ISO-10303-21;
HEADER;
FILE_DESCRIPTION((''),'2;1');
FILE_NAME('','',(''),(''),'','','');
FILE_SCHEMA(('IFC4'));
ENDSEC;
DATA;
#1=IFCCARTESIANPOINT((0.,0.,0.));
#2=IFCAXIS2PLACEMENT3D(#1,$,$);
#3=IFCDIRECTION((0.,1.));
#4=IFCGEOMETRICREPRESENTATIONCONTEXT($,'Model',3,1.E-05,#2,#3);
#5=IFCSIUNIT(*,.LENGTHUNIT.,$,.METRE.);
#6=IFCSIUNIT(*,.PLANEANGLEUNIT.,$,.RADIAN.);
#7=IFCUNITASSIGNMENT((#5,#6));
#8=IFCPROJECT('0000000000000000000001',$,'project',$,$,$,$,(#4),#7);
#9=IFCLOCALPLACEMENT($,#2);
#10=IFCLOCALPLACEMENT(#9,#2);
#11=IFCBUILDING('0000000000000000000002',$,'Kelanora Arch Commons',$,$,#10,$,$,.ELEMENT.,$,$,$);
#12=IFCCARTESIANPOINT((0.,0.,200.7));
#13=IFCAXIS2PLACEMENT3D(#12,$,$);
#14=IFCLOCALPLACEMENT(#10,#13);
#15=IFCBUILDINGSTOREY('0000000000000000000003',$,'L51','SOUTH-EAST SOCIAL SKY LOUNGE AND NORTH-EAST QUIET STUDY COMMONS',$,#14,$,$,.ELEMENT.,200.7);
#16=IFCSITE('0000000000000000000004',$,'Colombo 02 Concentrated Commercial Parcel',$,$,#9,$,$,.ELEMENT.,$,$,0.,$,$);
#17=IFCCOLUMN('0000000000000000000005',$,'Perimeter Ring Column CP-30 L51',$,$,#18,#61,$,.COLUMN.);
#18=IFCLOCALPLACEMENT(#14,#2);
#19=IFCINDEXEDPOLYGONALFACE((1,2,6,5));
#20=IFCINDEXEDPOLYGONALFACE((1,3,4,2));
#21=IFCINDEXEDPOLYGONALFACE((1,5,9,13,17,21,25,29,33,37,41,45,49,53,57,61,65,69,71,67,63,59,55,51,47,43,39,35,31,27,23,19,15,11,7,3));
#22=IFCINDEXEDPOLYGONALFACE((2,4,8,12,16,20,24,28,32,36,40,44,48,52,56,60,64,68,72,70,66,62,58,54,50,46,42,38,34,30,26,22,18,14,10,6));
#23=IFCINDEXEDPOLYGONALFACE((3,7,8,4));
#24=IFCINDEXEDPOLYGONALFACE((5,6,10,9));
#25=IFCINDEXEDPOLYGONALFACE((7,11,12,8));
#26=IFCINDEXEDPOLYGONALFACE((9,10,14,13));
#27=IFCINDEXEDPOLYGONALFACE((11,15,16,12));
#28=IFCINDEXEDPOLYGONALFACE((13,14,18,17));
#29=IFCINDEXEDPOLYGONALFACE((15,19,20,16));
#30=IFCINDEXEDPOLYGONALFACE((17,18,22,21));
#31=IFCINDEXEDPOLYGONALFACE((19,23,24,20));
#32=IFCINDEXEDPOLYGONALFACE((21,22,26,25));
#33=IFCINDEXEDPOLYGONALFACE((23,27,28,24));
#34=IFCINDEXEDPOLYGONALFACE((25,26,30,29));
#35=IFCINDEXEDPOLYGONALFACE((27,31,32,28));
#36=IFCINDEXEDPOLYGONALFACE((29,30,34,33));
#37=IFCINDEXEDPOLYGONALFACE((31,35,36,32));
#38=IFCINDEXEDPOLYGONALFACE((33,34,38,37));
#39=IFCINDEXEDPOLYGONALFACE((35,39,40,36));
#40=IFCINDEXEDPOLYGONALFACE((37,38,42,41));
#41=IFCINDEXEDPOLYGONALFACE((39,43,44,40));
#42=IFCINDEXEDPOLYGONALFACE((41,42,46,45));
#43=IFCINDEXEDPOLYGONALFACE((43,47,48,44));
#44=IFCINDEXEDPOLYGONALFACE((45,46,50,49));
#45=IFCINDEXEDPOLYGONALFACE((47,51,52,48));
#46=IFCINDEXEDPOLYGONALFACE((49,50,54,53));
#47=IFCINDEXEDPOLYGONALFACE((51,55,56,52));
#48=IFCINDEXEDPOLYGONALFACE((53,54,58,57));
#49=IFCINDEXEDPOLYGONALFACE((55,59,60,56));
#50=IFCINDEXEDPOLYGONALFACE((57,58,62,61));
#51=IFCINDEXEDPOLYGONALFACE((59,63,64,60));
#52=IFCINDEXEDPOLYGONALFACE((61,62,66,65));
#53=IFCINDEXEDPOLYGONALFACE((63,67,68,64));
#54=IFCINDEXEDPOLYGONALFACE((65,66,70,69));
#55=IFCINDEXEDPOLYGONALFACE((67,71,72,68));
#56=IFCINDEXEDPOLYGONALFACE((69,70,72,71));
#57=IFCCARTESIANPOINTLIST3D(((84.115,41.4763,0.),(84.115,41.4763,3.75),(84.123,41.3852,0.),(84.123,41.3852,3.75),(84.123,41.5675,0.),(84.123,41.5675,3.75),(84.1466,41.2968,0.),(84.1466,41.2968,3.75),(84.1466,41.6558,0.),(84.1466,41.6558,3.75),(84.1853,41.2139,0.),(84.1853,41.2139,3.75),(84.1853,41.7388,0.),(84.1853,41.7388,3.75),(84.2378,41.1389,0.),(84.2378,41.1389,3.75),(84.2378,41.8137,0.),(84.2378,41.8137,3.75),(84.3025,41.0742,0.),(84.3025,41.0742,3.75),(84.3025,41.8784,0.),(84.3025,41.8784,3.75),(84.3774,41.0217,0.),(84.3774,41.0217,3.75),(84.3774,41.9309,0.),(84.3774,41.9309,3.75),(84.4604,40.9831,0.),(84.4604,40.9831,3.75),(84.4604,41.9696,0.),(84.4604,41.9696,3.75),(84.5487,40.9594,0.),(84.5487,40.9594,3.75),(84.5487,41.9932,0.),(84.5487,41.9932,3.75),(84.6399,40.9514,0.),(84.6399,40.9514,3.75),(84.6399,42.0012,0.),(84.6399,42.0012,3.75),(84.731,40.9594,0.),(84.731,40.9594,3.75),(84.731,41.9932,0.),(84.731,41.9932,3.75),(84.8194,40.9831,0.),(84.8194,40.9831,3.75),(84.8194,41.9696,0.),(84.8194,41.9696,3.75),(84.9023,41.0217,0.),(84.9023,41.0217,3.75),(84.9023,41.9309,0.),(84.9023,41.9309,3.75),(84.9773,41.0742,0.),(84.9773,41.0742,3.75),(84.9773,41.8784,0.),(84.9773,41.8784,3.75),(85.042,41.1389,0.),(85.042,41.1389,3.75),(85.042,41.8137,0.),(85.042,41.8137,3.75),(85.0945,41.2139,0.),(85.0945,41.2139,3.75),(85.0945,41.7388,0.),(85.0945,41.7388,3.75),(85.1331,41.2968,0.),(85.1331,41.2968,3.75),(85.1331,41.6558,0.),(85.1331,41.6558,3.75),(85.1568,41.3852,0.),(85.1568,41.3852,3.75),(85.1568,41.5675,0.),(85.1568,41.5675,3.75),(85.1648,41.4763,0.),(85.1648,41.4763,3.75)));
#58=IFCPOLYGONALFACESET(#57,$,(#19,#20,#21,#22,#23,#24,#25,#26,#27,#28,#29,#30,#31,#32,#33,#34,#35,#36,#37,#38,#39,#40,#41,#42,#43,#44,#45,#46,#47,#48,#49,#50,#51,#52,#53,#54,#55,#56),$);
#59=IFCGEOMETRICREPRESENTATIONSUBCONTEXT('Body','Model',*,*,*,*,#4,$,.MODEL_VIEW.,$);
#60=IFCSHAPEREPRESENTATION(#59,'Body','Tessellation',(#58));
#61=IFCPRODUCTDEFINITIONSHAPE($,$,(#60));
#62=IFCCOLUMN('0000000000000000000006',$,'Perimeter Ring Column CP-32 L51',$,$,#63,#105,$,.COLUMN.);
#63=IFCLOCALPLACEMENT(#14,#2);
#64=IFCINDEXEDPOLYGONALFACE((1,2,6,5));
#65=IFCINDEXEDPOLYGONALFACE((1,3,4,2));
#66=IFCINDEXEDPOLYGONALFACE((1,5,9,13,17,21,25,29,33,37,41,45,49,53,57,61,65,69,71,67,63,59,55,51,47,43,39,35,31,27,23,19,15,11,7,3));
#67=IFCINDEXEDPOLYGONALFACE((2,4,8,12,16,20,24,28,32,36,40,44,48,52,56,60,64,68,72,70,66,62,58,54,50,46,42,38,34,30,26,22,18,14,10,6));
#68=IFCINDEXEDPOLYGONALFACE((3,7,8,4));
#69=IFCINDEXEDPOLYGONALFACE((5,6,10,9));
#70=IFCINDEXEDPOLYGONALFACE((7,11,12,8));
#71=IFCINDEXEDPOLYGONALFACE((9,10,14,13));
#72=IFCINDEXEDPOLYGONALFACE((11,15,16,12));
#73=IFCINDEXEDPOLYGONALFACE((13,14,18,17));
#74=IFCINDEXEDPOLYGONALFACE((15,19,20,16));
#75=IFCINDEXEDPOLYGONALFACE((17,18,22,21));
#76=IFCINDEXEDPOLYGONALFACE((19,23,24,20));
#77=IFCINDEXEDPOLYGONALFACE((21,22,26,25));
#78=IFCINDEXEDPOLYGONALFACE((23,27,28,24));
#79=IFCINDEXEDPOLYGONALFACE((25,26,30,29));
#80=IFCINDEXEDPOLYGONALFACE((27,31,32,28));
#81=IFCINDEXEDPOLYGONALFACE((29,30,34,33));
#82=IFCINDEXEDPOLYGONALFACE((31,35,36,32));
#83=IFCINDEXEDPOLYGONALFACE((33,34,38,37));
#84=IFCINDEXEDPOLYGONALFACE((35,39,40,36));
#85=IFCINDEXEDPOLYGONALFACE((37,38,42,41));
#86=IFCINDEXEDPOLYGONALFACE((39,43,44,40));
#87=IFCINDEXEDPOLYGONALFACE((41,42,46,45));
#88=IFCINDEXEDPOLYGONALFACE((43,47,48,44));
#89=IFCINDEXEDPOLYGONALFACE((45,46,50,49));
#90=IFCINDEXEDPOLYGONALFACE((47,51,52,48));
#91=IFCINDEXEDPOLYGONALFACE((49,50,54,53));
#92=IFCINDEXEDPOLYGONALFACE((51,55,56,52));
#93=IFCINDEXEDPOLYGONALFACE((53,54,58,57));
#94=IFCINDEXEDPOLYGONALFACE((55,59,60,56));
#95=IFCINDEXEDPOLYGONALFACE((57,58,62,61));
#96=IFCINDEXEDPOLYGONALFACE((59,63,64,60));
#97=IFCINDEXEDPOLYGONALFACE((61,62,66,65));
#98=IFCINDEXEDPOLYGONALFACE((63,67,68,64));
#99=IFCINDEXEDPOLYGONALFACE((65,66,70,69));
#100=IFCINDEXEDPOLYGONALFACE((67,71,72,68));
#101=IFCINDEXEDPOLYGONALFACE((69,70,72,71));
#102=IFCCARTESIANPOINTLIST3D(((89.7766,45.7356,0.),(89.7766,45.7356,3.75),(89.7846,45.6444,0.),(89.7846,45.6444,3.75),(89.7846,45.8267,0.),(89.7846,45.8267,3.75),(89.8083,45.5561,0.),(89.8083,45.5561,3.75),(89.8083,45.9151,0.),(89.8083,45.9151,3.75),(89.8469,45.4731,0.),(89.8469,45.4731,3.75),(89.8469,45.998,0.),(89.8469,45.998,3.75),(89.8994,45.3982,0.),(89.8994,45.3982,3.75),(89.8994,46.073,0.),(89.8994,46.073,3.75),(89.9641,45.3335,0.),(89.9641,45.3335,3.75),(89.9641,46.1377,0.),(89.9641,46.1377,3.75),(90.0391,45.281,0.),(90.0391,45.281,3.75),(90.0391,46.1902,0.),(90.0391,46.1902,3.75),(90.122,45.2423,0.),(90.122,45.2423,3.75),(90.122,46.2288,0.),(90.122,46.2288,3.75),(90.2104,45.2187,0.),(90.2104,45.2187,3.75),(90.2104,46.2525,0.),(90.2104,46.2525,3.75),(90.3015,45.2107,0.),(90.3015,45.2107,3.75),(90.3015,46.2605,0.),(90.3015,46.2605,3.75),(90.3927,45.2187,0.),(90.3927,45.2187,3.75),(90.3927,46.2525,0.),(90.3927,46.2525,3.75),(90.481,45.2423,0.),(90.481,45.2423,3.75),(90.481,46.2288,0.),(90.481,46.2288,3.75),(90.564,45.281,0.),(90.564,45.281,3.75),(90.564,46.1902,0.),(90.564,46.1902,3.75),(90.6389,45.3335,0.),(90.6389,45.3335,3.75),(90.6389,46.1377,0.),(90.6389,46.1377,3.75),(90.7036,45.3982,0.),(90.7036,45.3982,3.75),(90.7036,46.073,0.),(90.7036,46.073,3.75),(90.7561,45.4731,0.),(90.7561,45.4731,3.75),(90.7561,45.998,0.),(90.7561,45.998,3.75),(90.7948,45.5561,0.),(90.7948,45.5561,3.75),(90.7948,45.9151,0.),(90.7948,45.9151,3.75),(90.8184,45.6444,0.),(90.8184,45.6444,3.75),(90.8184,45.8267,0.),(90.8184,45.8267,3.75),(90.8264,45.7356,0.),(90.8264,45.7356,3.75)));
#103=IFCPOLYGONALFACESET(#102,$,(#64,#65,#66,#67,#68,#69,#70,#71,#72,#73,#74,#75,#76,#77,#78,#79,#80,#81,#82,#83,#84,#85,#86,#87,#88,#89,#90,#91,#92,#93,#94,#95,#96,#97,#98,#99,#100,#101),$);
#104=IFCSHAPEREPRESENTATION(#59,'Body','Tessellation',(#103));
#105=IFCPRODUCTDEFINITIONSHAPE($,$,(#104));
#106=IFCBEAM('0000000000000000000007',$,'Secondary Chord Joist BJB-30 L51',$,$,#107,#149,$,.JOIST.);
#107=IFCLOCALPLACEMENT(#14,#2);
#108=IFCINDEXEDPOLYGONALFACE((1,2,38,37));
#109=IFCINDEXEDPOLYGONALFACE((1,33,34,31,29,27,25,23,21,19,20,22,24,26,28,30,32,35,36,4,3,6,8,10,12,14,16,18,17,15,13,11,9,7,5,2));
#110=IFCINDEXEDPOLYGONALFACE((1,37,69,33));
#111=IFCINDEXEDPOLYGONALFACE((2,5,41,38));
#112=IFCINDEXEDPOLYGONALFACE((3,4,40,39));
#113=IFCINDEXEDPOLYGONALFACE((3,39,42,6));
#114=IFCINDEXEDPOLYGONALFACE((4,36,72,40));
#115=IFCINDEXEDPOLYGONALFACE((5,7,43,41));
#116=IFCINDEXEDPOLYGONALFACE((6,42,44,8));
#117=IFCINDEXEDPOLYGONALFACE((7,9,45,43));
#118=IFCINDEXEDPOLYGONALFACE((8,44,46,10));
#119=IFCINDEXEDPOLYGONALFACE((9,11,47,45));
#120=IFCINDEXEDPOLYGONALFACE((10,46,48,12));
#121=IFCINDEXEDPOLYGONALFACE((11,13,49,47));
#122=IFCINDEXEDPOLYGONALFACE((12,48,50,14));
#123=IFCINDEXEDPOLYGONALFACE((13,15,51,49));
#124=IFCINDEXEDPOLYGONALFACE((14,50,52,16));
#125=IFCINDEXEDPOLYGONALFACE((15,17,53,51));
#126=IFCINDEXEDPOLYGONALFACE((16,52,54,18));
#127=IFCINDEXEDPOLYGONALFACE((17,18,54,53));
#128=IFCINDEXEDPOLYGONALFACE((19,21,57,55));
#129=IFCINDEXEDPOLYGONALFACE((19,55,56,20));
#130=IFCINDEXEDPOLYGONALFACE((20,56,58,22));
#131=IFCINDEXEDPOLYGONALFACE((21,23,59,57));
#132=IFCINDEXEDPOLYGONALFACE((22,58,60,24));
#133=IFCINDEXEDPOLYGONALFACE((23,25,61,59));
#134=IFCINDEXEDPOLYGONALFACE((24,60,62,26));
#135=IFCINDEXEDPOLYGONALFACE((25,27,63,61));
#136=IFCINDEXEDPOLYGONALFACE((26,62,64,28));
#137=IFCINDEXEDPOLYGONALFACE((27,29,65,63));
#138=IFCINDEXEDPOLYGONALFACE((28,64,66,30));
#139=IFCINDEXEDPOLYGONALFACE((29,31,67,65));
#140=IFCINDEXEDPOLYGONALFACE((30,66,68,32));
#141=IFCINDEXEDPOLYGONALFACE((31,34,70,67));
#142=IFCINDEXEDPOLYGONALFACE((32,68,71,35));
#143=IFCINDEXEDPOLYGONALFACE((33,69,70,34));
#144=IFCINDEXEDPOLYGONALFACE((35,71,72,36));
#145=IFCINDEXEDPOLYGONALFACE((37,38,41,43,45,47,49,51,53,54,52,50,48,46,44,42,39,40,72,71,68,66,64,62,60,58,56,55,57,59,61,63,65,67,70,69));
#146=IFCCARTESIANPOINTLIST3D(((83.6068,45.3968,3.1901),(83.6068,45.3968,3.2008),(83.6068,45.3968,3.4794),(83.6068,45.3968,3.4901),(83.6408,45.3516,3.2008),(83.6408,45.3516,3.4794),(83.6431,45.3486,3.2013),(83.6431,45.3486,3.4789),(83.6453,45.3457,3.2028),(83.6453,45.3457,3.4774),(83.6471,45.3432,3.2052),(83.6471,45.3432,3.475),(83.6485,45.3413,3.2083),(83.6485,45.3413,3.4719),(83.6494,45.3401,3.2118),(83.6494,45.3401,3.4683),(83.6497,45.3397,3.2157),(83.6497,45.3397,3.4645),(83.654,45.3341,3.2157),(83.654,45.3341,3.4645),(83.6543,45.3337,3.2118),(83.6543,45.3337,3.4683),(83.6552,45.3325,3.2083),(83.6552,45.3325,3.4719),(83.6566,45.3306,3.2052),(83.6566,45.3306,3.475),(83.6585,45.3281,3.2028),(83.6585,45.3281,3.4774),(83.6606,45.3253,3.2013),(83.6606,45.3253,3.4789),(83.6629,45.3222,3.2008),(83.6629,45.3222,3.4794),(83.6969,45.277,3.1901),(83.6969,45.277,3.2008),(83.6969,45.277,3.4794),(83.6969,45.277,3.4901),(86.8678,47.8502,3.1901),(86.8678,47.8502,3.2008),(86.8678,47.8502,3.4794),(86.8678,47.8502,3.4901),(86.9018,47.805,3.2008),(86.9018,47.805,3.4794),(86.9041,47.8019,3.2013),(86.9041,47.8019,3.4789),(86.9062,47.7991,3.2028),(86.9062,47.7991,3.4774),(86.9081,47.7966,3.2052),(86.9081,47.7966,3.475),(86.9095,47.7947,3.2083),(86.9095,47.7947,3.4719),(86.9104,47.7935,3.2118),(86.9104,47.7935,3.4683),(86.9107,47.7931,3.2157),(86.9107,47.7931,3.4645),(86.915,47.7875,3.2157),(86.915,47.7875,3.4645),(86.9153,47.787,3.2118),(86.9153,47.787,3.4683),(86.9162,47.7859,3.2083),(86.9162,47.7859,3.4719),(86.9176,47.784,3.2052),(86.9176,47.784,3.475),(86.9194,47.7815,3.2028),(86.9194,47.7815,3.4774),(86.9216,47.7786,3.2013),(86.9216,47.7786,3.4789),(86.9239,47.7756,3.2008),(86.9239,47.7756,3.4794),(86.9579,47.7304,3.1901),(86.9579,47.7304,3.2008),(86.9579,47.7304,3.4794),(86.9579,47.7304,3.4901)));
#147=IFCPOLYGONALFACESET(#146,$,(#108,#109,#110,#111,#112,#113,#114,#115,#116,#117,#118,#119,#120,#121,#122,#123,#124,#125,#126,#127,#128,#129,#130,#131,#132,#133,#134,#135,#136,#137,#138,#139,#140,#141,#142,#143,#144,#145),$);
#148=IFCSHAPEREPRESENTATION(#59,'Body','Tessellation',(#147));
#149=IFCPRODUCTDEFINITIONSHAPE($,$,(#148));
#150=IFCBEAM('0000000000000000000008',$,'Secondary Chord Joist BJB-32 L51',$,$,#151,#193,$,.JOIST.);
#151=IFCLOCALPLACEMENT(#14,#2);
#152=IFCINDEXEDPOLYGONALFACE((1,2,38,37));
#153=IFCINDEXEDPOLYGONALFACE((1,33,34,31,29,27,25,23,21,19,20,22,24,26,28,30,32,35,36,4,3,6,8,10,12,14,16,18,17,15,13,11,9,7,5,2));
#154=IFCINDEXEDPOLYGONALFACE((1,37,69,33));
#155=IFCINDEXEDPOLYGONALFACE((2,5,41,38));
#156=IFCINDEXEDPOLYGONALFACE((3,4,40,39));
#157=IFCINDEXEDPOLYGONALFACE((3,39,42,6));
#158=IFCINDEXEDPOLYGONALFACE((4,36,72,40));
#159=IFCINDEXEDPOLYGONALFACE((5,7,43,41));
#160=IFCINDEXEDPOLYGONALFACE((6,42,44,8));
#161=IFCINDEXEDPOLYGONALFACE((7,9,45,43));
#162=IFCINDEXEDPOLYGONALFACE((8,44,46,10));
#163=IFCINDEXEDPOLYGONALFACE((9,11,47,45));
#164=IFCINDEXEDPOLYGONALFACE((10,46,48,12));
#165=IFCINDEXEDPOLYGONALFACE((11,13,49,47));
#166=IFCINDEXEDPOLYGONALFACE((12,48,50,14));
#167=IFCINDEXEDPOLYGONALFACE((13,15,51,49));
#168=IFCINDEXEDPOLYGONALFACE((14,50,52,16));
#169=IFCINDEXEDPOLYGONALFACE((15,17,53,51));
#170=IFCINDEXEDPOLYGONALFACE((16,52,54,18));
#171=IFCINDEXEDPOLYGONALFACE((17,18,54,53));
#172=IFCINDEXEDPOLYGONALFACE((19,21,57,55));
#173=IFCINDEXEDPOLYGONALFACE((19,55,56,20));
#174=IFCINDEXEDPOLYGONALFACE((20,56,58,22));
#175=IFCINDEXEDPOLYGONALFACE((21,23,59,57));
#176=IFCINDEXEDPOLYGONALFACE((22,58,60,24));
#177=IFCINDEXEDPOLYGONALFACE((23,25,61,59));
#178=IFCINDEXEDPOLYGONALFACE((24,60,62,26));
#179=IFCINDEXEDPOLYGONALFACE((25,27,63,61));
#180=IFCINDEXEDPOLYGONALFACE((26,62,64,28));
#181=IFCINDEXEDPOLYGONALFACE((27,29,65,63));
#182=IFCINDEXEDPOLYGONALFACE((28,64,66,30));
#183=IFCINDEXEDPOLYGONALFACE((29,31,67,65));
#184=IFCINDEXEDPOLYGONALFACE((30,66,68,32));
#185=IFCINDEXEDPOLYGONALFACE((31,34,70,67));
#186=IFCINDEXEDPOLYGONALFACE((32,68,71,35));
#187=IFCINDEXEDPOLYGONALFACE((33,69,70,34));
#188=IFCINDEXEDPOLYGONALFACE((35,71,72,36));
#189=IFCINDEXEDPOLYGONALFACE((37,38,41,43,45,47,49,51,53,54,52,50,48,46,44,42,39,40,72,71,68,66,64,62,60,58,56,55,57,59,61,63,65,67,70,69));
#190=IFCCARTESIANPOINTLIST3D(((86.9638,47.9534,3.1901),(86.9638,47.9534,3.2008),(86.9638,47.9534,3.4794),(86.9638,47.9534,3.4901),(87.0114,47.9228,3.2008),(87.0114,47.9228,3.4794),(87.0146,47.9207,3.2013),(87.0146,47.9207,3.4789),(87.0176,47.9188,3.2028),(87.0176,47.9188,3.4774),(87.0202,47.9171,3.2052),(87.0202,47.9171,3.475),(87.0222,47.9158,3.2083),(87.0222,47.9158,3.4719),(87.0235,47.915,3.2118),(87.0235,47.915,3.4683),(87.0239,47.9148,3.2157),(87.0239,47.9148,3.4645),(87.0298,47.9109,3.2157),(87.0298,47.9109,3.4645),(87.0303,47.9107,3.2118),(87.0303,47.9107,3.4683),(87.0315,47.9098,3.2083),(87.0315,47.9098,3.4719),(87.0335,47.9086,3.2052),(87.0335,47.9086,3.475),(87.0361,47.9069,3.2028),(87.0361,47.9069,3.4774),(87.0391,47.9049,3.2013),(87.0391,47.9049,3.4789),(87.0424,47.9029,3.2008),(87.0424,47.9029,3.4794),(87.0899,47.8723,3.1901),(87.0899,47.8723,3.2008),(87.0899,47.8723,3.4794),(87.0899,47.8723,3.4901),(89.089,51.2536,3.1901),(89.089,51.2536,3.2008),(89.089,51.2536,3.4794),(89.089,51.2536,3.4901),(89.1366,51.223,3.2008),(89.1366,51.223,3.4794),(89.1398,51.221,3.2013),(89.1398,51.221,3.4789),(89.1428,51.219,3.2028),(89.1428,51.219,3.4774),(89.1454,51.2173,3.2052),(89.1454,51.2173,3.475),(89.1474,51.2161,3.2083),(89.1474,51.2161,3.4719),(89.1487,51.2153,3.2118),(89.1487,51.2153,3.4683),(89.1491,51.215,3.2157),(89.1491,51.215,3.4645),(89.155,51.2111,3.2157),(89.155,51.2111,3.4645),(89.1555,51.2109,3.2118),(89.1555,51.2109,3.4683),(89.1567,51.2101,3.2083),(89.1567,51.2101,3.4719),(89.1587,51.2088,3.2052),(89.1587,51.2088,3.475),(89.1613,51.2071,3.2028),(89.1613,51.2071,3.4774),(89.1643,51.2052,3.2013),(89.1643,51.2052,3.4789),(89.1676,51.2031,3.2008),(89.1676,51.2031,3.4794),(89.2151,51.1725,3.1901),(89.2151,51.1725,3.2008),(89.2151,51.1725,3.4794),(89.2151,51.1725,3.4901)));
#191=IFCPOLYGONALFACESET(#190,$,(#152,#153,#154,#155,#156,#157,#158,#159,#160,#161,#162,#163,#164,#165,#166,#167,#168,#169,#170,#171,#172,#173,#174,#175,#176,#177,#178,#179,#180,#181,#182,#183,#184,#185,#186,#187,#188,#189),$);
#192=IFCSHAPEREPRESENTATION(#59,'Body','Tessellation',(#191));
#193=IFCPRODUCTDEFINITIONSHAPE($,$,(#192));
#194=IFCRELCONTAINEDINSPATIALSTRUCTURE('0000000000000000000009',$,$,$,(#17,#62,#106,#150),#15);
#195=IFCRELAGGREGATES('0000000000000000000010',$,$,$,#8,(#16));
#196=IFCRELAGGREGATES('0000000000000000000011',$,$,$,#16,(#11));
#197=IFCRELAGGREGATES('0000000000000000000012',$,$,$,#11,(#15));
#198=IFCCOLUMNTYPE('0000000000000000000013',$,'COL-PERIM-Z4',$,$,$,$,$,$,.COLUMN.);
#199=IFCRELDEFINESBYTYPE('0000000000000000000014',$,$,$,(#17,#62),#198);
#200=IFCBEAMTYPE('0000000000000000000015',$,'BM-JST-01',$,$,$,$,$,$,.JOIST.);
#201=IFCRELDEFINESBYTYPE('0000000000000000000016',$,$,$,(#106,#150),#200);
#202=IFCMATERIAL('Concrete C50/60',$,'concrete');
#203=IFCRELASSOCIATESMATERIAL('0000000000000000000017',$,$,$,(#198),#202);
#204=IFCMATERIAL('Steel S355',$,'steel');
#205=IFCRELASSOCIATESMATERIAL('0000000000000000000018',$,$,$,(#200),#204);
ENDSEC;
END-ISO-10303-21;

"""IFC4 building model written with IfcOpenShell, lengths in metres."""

from ifc_helpers import new_model, si_unit, direction, frame, origin, origin_2d, place, context, subcontext, project, spatial, circle, i_section, extrude, material, material_profile, profile_set, type_object, element, save


model = new_model("IFC4")

# Units and contexts
model_context = context("Model", 3, precision=1e-05, world=origin(), true_north=direction((0.0, 1.0)))
body_context = subcontext(model_context, "Body", "Model", "MODEL_VIEW")
ifc_project = project(units=[si_unit("LENGTHUNIT", "METRE"), si_unit("PLANEANGLEUNIT", "RADIAN")], contexts=[model_context])

# Site, building, storey
site_placement = place(None, origin())
site = spatial("IfcSite", under=ifc_project, at=site_placement, Name="Colombo 02 Concentrated Commercial Parcel", CompositionType="ELEMENT", RefElevation=0.0)
building_placement = place(site_placement, origin())
building = spatial("IfcBuilding", under=site, at=building_placement, Name="Kelanora Arch Commons", CompositionType="ELEMENT")
storey_placement = place(building_placement, frame((0.0, 0.0, 200.7)))
storey = spatial("IfcBuildingStorey", under=building, at=storey_placement, Name="L51", Description="SOUTH-EAST SOCIAL SKY LOUNGE AND NORTH-EAST QUIET STUDY COMMONS", CompositionType="ELEMENT", Elevation=200.7)

# Columns
ifc_material_1 = material(Name="Concrete C50/60", Category="concrete")
ifc_material_profile_1 = material_profile(ifc_material_1, circle(Radius=0.5249, at=origin_2d()), Name="RCC1050")
ifc_profile_set_1 = profile_set([ifc_material_profile_1], Name="Concrete C50/60")
column_type = type_object("IfcColumnType", Name="COL-PERIM-Z4", PredefinedType="COLUMN", material=ifc_profile_set_1)
for number, where, z_axis, x_axis, name in (
    (1, (84.6399, 41.4763, 0.0), (0.0, 0.0, 1.0), (1.0, 0.0, 0.0), "Perimeter Ring Column CP-30 L51"),
    (2, (90.3015, 45.7356, 0.0), (0.0, 0.0, 1.0), (1.0, 0.0, 0.0), "Perimeter Ring Column CP-32 L51"),
):
    element("IfcColumn", number, at=place(storey_placement, frame(where, z_axis=z_axis, x_axis=x_axis)), inside=storey, type_object=column_type, Name=name, PredefinedType="COLUMN", context=body_context, shape_type="SweptSolid", body=[
        extrude(circle(Radius=0.5249, at=origin_2d()), origin(), (0.0, 0.0, 1.0), 3.75),
    ])

# Beams
ifc_material_2 = material(Name="Steel S355", Category="steel")
ifc_material_profile_2 = material_profile(ifc_material_2, i_section(OverallWidth=0.1499, OverallDepth=0.3, WebThickness=0.0071, FlangeThickness=0.0107, FilletRadius=0.0149, at=origin_2d()), Name="IPE300")
ifc_profile_set_2 = profile_set([ifc_material_profile_2], Name="Steel S355")
beam_type_1 = type_object("IfcBeamType", Name="BM-JST-01", PredefinedType="JOIST", material=ifc_profile_set_2)
beam_1_placement = place(storey_placement, frame((83.6519, 45.3369, 3.3401), z_axis=(0.799102, 0.601196, 0.0), x_axis=(-0.601196, 0.799102, 0.0)))
element("IfcBeam", 3, at=beam_1_placement, inside=storey, type_object=beam_type_1, Name="Secondary Chord Joist BJB-30 L51", PredefinedType="JOIST", context=body_context, shape_type="SweptSolid", body=[
    extrude(i_section(OverallWidth=0.1499, OverallDepth=0.3, WebThickness=0.0071, FlangeThickness=0.0107, FilletRadius=0.0149, at=origin_2d()), origin(), (0.0, 0.0, 1.0), 4.0808),
])
beam_2_placement = place(storey_placement, frame((87.0269, 47.9128, 3.3401), z_axis=(0.541411, 0.840758, 0.0), x_axis=(-0.840758, 0.541411, 0.0)))
element("IfcBeam", 4, at=beam_2_placement, inside=storey, type_object=beam_type_1, Name="Secondary Chord Joist BJB-32 L51", PredefinedType="JOIST", context=body_context, shape_type="SweptSolid", body=[
    extrude(i_section(OverallWidth=0.1499, OverallDepth=0.3, WebThickness=0.0071, FlangeThickness=0.0107, FilletRadius=0.0149, at=origin_2d()), origin(), (0.0, 0.0, 1.0), 3.9253),
])

save(model, "model.ifc")
